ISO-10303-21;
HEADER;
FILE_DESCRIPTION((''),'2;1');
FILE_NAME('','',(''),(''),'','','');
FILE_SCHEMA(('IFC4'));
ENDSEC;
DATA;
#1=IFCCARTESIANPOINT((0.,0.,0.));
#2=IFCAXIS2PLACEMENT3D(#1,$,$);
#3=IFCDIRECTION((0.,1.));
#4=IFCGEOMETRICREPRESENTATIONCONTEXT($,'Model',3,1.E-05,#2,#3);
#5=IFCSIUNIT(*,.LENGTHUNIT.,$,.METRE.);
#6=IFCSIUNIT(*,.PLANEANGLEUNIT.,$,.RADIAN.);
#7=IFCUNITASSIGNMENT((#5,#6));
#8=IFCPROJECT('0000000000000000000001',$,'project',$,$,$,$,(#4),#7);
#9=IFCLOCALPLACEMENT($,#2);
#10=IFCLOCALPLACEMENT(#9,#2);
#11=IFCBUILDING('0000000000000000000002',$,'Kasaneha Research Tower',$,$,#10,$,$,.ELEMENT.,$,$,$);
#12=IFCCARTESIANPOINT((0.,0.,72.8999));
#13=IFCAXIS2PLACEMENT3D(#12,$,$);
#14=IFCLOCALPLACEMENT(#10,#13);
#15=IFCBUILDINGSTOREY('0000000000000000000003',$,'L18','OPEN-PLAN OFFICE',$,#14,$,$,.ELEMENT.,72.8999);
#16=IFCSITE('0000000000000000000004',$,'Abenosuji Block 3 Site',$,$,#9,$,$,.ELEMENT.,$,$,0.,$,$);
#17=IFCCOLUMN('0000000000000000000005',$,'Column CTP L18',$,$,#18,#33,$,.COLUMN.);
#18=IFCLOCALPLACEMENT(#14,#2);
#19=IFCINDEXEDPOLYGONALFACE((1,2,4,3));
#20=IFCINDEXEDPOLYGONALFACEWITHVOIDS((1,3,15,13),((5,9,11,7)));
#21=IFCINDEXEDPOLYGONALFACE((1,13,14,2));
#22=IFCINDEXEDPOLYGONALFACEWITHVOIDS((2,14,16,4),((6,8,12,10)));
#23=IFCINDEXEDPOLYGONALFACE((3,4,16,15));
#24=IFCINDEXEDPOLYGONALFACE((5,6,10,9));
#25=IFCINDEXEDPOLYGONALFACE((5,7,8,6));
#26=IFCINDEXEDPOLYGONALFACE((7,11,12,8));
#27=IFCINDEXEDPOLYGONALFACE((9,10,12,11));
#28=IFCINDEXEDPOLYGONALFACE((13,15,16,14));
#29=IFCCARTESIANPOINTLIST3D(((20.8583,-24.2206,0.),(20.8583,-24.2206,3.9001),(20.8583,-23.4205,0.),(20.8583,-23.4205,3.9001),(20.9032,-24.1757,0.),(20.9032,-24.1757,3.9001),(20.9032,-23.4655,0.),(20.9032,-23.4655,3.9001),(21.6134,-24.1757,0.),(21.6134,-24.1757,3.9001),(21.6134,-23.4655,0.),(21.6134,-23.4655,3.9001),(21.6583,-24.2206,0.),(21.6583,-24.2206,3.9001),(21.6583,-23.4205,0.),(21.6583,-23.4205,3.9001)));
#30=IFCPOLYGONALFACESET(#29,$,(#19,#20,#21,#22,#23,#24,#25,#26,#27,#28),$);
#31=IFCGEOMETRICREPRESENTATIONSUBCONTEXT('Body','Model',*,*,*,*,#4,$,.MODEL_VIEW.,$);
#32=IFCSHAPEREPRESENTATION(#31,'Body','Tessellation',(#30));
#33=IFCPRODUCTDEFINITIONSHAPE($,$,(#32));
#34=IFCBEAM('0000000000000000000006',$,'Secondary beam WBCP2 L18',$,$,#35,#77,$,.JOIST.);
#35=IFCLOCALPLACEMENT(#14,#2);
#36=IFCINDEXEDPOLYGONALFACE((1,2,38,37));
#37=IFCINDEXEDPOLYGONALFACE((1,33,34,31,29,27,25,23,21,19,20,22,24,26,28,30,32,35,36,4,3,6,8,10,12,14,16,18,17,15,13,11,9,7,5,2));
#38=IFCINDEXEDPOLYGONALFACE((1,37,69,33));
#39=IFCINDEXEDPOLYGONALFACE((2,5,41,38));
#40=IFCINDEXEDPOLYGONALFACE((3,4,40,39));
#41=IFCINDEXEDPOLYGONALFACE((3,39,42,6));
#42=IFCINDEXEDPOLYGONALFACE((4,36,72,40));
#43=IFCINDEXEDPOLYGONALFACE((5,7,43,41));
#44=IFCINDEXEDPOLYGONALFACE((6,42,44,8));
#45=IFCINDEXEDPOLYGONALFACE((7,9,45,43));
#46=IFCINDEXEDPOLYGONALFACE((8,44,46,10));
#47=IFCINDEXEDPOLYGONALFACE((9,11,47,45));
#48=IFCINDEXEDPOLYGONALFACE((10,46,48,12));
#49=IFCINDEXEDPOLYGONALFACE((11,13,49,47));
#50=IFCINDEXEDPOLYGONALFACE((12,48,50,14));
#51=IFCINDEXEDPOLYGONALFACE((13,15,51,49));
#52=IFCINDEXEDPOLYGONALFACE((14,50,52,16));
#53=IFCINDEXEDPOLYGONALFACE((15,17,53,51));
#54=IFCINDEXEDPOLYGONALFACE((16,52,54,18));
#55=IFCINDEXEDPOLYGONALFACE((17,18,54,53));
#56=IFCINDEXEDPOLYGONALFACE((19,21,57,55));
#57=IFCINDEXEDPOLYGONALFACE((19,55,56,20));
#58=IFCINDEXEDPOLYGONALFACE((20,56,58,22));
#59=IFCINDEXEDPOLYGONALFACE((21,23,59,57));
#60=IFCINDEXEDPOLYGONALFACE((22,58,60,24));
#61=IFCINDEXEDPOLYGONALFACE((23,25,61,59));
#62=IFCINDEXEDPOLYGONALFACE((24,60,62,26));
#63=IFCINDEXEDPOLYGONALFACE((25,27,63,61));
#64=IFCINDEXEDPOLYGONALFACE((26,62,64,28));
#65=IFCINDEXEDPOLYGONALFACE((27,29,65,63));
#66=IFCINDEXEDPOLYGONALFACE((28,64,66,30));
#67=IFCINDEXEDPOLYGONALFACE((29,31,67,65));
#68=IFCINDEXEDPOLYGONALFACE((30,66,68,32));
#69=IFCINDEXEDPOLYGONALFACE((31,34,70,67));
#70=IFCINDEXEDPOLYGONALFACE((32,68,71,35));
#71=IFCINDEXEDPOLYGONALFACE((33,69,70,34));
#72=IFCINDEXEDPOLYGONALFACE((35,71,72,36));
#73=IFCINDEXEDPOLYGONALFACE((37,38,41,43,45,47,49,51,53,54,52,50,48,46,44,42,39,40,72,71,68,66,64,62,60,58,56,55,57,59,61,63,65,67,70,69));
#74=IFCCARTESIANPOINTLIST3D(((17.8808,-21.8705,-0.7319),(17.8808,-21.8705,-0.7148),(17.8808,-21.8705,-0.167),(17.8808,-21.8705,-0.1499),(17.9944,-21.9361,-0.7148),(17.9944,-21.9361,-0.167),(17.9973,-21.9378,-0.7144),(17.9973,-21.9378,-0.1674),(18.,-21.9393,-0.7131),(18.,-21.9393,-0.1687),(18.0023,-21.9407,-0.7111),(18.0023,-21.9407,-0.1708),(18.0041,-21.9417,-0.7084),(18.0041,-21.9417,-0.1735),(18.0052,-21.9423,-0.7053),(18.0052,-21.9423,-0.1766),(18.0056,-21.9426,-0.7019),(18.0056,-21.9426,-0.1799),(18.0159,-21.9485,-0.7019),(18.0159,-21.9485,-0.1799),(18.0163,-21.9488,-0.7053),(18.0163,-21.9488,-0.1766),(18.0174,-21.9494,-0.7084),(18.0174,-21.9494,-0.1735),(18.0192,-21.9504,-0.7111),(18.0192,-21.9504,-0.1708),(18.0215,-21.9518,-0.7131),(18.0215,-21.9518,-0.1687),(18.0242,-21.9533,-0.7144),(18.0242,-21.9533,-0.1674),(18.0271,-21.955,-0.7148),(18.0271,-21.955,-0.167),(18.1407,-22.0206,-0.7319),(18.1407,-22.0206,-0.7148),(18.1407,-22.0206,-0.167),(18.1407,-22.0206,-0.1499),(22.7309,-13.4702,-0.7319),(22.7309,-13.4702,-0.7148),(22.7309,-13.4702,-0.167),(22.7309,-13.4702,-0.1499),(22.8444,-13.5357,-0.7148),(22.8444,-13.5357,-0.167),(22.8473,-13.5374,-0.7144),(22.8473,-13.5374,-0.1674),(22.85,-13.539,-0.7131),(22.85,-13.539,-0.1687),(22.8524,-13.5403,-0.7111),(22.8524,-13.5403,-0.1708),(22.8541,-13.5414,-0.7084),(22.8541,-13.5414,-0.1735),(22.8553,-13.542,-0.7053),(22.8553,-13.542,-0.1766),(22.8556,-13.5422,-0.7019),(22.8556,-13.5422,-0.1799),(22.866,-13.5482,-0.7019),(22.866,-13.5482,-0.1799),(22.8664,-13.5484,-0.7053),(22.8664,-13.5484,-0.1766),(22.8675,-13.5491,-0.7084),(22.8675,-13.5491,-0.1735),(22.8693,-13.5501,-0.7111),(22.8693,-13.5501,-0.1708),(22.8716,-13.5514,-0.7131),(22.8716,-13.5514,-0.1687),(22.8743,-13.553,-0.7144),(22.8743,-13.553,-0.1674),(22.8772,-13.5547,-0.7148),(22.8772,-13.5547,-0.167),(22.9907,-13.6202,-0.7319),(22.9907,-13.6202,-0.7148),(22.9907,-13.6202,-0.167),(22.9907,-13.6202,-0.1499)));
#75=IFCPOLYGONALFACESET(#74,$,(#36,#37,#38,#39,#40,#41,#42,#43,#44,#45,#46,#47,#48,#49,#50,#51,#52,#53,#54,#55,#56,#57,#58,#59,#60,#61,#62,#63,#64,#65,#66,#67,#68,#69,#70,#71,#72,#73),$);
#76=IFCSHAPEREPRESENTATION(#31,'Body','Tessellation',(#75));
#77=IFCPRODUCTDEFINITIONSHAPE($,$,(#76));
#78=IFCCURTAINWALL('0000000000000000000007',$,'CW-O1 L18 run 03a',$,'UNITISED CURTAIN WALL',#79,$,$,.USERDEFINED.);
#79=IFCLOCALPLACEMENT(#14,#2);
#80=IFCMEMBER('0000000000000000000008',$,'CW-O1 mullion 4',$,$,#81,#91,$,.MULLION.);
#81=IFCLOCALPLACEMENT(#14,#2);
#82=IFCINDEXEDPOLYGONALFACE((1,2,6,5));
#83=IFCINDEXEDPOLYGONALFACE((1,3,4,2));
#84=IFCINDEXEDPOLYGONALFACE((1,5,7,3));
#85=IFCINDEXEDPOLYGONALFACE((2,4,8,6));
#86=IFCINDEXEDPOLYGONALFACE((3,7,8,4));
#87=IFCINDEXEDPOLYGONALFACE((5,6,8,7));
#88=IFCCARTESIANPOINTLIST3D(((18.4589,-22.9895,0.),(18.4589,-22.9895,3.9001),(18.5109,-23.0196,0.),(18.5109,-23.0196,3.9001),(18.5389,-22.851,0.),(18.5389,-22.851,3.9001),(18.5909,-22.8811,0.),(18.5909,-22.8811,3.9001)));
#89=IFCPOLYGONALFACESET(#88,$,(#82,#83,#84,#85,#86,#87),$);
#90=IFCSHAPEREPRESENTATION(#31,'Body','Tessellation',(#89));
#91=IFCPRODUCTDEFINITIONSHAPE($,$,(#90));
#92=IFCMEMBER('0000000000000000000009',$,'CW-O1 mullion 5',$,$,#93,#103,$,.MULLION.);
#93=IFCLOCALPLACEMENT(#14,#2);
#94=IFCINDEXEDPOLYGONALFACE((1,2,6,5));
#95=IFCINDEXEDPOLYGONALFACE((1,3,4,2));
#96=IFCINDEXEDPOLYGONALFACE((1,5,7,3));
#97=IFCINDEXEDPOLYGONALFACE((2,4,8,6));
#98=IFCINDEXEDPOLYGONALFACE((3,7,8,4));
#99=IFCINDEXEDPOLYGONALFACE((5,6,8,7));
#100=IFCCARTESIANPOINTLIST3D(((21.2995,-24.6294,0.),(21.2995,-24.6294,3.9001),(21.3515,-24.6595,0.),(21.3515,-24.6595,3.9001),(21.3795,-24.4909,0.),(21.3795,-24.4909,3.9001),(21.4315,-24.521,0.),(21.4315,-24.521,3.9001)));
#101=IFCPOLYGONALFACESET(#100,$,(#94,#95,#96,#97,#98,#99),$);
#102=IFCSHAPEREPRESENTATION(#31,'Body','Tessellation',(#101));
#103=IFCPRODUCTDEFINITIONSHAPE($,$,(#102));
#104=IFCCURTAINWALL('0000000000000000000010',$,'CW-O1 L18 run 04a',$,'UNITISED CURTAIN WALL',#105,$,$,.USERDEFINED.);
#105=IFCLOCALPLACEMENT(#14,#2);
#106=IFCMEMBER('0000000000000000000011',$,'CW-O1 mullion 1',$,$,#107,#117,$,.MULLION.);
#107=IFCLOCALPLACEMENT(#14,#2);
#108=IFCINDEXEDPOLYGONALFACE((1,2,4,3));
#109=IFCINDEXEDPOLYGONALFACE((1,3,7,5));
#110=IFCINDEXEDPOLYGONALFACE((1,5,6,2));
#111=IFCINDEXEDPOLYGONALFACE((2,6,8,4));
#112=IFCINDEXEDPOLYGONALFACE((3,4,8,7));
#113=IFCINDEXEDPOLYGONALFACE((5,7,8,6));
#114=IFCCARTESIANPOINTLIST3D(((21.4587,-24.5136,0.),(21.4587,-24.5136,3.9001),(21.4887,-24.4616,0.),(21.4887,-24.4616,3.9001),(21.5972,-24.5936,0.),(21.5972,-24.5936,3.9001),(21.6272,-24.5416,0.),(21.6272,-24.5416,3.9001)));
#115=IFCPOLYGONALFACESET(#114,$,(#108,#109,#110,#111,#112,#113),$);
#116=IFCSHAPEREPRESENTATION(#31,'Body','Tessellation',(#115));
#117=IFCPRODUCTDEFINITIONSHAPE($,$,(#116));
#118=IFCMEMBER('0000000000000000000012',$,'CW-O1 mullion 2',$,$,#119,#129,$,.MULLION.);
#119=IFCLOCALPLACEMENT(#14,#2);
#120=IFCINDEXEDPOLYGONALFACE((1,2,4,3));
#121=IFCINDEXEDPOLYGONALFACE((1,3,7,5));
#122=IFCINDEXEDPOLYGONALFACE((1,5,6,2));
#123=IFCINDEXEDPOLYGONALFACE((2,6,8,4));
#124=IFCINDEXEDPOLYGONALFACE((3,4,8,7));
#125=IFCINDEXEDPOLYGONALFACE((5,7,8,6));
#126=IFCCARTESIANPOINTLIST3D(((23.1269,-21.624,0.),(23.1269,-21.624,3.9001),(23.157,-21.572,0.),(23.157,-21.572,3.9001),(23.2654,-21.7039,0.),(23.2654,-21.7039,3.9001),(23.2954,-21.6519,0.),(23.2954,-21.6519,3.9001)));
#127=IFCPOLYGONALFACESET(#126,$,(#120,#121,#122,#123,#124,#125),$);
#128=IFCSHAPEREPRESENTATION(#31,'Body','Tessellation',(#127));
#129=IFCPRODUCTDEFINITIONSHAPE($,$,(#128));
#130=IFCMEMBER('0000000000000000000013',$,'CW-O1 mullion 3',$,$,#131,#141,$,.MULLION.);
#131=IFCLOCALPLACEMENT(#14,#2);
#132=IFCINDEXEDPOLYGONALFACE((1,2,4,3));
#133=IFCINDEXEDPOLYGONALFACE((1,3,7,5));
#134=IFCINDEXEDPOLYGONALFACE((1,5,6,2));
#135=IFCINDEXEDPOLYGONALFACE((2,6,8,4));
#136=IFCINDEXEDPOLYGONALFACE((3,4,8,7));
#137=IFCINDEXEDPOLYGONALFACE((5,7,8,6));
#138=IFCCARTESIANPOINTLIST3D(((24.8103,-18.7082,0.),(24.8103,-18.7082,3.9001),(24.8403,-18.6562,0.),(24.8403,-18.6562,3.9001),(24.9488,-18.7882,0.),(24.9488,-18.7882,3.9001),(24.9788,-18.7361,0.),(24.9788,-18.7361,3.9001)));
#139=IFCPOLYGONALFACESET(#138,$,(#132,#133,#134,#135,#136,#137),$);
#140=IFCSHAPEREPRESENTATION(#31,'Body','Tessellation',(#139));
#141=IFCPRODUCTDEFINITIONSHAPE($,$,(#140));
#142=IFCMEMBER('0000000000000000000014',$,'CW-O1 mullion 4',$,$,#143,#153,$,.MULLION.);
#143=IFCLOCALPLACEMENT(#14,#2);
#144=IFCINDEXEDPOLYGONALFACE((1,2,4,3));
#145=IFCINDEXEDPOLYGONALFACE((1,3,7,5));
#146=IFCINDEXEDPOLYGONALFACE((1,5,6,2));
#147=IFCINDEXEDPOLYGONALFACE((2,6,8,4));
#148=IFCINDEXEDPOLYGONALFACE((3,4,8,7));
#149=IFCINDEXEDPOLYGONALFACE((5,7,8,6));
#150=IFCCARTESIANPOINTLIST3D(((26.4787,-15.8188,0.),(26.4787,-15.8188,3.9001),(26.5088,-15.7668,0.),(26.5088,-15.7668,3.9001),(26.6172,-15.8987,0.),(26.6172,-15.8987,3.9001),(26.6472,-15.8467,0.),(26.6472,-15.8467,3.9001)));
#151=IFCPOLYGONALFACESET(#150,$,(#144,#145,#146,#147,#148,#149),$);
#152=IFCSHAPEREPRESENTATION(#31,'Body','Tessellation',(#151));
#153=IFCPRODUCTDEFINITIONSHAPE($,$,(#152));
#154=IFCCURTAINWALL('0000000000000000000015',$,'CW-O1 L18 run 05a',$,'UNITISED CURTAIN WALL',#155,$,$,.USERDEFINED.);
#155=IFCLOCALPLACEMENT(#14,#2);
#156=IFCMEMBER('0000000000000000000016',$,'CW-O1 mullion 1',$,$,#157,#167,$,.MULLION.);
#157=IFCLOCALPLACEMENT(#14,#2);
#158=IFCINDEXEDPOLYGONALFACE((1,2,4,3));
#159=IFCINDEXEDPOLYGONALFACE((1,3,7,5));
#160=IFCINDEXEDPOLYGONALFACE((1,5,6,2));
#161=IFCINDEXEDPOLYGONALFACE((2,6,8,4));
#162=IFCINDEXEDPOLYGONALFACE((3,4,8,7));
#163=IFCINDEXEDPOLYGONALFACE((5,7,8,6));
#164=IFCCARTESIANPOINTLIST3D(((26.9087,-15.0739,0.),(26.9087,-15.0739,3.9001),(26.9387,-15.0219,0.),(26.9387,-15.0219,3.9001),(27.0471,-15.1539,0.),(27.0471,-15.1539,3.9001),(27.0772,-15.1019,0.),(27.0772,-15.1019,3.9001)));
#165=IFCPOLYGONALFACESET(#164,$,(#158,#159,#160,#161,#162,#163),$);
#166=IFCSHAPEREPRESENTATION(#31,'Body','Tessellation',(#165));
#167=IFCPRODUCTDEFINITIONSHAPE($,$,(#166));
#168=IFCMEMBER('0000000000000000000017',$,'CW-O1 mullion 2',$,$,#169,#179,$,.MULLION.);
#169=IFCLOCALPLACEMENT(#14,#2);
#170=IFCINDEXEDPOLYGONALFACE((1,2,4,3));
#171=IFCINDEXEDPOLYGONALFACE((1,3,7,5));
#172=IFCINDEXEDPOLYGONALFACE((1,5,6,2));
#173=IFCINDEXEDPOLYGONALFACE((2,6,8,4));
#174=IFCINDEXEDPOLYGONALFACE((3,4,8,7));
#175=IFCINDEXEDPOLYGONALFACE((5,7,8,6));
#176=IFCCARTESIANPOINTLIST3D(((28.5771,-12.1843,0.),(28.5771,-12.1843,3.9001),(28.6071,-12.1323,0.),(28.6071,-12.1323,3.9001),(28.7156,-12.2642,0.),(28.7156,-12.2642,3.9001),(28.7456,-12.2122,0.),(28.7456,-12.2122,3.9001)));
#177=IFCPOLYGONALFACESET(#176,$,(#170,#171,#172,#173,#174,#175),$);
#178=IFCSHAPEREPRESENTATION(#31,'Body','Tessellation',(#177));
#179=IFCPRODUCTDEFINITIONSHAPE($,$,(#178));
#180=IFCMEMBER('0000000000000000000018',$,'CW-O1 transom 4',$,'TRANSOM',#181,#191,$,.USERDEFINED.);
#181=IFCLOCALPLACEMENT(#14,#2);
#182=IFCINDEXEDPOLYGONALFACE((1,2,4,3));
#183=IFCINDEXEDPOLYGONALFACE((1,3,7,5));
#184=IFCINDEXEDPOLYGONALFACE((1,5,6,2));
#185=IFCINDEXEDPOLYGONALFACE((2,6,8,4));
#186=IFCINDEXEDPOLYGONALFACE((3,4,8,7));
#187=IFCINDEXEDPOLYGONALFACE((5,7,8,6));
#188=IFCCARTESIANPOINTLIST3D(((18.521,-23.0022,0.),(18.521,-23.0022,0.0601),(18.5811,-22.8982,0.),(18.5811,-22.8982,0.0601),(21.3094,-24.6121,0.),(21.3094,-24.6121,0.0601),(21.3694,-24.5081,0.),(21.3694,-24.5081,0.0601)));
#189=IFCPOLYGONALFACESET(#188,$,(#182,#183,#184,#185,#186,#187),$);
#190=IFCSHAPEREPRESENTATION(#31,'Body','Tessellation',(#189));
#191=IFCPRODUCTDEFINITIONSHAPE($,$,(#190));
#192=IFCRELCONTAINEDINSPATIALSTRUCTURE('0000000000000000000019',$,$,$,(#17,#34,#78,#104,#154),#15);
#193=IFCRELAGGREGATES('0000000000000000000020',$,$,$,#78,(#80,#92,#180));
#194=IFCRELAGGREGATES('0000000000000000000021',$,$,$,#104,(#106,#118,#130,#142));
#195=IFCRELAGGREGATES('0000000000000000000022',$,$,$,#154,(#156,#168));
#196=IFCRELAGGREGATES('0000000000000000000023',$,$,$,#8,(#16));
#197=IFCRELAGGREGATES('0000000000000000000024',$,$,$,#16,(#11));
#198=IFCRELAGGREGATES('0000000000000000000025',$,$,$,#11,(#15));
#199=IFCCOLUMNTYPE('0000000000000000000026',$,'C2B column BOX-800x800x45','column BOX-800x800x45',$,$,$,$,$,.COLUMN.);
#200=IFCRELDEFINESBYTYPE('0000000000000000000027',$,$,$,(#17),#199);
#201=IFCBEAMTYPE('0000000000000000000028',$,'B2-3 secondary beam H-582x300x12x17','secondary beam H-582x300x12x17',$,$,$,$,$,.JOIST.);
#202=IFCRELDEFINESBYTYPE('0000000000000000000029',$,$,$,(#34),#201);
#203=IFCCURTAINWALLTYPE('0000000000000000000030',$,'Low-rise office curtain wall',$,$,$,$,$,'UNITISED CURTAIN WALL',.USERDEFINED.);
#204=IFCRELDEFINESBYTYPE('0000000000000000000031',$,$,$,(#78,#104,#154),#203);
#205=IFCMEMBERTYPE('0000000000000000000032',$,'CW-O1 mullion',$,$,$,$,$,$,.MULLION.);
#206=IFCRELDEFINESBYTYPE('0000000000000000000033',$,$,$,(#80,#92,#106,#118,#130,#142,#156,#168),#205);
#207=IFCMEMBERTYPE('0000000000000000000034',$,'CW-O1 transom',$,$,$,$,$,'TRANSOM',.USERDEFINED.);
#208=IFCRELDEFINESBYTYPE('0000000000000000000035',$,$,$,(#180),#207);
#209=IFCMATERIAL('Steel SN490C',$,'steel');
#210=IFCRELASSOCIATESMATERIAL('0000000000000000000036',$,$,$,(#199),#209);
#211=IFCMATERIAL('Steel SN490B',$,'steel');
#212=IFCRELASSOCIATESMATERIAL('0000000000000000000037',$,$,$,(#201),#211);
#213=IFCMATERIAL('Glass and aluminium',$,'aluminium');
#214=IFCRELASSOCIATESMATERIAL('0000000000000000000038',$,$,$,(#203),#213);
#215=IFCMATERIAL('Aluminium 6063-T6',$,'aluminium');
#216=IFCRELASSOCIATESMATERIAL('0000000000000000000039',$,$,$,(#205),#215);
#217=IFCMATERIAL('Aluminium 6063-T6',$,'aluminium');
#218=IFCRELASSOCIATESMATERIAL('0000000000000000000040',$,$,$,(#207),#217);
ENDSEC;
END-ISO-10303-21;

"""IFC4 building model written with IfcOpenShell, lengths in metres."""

from ifc_helpers import new_model, si_unit, direction, frame, origin, origin_2d, place, context, subcontext, project, spatial, rectangle, hollow_rectangle, i_section, extrude, material, material_profile, profile_set, type_object, element, aggregate, save


model = new_model("IFC4")

# Units and contexts
model_context = context("Model", 3, precision=1e-05, world=origin(), true_north=direction((0.0, 1.0)))
body_context = subcontext(model_context, "Body", "Model", "MODEL_VIEW")
ifc_project = project(units=[si_unit("LENGTHUNIT", "METRE"), si_unit("PLANEANGLEUNIT", "RADIAN")], contexts=[model_context])

# Site, building, storey
site_placement = place(None, origin())
site = spatial("IfcSite", under=ifc_project, at=site_placement, Name="Abenosuji Block 3 Site", CompositionType="ELEMENT", RefElevation=0.0)
building_placement = place(site_placement, origin())
building = spatial("IfcBuilding", under=site, at=building_placement, Name="Kasaneha Research Tower", CompositionType="ELEMENT")
storey_placement = place(building_placement, frame((0.0, 0.0, 72.8999)))
storey = spatial("IfcBuildingStorey", under=building, at=storey_placement, Name="L18", Description="OPEN-PLAN OFFICE", CompositionType="ELEMENT", Elevation=72.8999)

# Column
ifc_material_1 = material(Name="Steel SN490C", Category="steel")
ifc_material_profile_1 = material_profile(ifc_material_1, hollow_rectangle(XDim=0.8, YDim=0.8, WallThickness=0.0449, at=origin_2d()), Name="BOX-800x800x45")
ifc_profile_set_1 = profile_set([ifc_material_profile_1], Name="Steel SN490C")
column_type = type_object("IfcColumnType", Name="C2B column BOX-800x800x45", Description="column BOX-800x800x45", PredefinedType="COLUMN", material=ifc_profile_set_1)
column_placement = place(storey_placement, frame((21.2583, -23.8206, 0.0), z_axis=(0.0, 0.0, 1.0), x_axis=(1.0, 0.0, 0.0)))
element("IfcColumn", 1, at=column_placement, inside=storey, type_object=column_type, Name="Column CTP L18", PredefinedType="COLUMN", context=body_context, shape_type="SweptSolid", body=[
    extrude(hollow_rectangle(XDim=0.8, YDim=0.8, WallThickness=0.0449, at=origin_2d()), origin(), (0.0, 0.0, 1.0), 3.9001),
])

# Beam
ifc_material_2 = material(Name="Steel SN490B", Category="steel")
ifc_material_profile_2 = material_profile(ifc_material_2, i_section(OverallWidth=0.3, OverallDepth=0.582, WebThickness=0.012, FlangeThickness=0.0171, FilletRadius=0.0129, at=origin_2d()), Name="H-582x300x12x17")
ifc_profile_set_2 = profile_set([ifc_material_profile_2], Name="Steel SN490B")
beam_type_1 = type_object("IfcBeamType", Name="B2-3 secondary beam H-582x300x12x17", Description="secondary beam H-582x300x12x17", PredefinedType="JOIST", material=ifc_profile_set_2)
beam_1_placement = place(storey_placement, frame((18.0107, -21.9456, -0.4409), z_axis=(0.50001, 0.86602, 0.0), x_axis=(-0.86602, 0.50001, 0.0)))
element("IfcBeam", 2, at=beam_1_placement, inside=storey, type_object=beam_type_1, Name="Secondary beam WBCP2 L18", PredefinedType="JOIST", context=body_context, shape_type="SweptSolid", body=[
    extrude(i_section(OverallWidth=0.3, OverallDepth=0.582, WebThickness=0.012, FlangeThickness=0.0171, FilletRadius=0.0129, at=origin_2d()), origin(), (0.0, 0.0, 1.0), 9.7),
])

# Curtain walls, members
ifc_material_3 = material(Name="Glass and aluminium", Category="aluminium")
curtain_wall_type = type_object("IfcCurtainWallType", Name="Low-rise office curtain wall", ElementType="UNITISED CURTAIN WALL", PredefinedType="USERDEFINED", material=ifc_material_3)
curtain_wall_1_placement = place(storey_placement, origin())
curtain_wall_1 = element("IfcCurtainWall", 3, at=curtain_wall_1_placement, inside=storey, type_object=curtain_wall_type, Name="CW-O1 L18 run 03a", ObjectType="UNITISED CURTAIN WALL", PredefinedType="USERDEFINED")
ifc_material_4 = material(Name="Aluminium 6063-T6", Category="aluminium")
ifc_material_profile_3 = material_profile(ifc_material_4, rectangle(XDim=0.0601, YDim=0.1599, at=origin_2d()), Name="CW-O1 mullion 60x160")
ifc_profile_set_3 = profile_set([ifc_material_profile_3], Name="Aluminium 6063-T6")
member_type_1 = type_object("IfcMemberType", Name="CW-O1 mullion", PredefinedType="MULLION", material=ifc_profile_set_3)
member_1_placement = place(storey_placement, frame((18.5249, -22.9353, 0.0), z_axis=(0.0, 0.0, 1.0), x_axis=(0.866025, -0.5, 0.0)))
member_1 = element("IfcMember", 4, at=member_1_placement, type_object=member_type_1, Name="CW-O1 mullion 4", PredefinedType="MULLION", context=body_context, shape_type="SweptSolid", body=[
    extrude(rectangle(XDim=0.0601, YDim=0.1599, at=origin_2d()), origin(), (0.0, 0.0, 1.0), 3.9001),
])
member_2_placement = place(storey_placement, frame((21.3655, -24.5752, 0.0), z_axis=(0.0, 0.0, 1.0), x_axis=(0.866025, -0.5, 0.0)))
member_2 = element("IfcMember", 5, at=member_2_placement, type_object=member_type_1, Name="CW-O1 mullion 5", PredefinedType="MULLION", context=body_context, shape_type="SweptSolid", body=[
    extrude(rectangle(XDim=0.0601, YDim=0.1599, at=origin_2d()), origin(), (0.0, 0.0, 1.0), 3.9001),
])
curtain_wall_2_placement = place(storey_placement, origin())
curtain_wall_2 = element("IfcCurtainWall", 6, at=curtain_wall_2_placement, inside=storey, type_object=curtain_wall_type, Name="CW-O1 L18 run 04a", ObjectType="UNITISED CURTAIN WALL", PredefinedType="USERDEFINED")
member_3_placement = place(storey_placement, frame((21.543, -24.5276, 0.0), z_axis=(0.0, 0.0, 1.0), x_axis=(0.5, 0.866025, 0.0)))
member_3 = element("IfcMember", 7, at=member_3_placement, type_object=member_type_1, Name="CW-O1 mullion 1", PredefinedType="MULLION", context=body_context, shape_type="SweptSolid", body=[
    extrude(rectangle(XDim=0.0601, YDim=0.1599, at=origin_2d()), origin(), (0.0, 0.0, 1.0), 3.9001),
])
member_4_placement = place(storey_placement, frame((23.2112, -21.6379, 0.0), z_axis=(0.0, 0.0, 1.0), x_axis=(0.5, 0.866025, 0.0)))
member_4 = element("IfcMember", 8, at=member_4_placement, type_object=member_type_1, Name="CW-O1 mullion 2", PredefinedType="MULLION", context=body_context, shape_type="SweptSolid", body=[
    extrude(rectangle(XDim=0.0601, YDim=0.1599, at=origin_2d()), origin(), (0.0, 0.0, 1.0), 3.9001),
])
member_5_placement = place(storey_placement, frame((24.8945, -18.7222, 0.0), z_axis=(0.0, 0.0, 1.0), x_axis=(0.5, 0.866025, 0.0)))
member_5 = element("IfcMember", 9, at=member_5_placement, type_object=member_type_1, Name="CW-O1 mullion 3", PredefinedType="MULLION", context=body_context, shape_type="SweptSolid", body=[
    extrude(rectangle(XDim=0.0601, YDim=0.1599, at=origin_2d()), origin(), (0.0, 0.0, 1.0), 3.9001),
])
member_6_placement = place(storey_placement, frame((26.563, -15.8328, 0.0), z_axis=(0.0, 0.0, 1.0), x_axis=(0.5, 0.866025, 0.0)))
member_6 = element("IfcMember", 10, at=member_6_placement, type_object=member_type_1, Name="CW-O1 mullion 4", PredefinedType="MULLION", context=body_context, shape_type="SweptSolid", body=[
    extrude(rectangle(XDim=0.0601, YDim=0.1599, at=origin_2d()), origin(), (0.0, 0.0, 1.0), 3.9001),
])
curtain_wall_3_placement = place(storey_placement, origin())
curtain_wall_3 = element("IfcCurtainWall", 11, at=curtain_wall_3_placement, inside=storey, type_object=curtain_wall_type, Name="CW-O1 L18 run 05a", ObjectType="UNITISED CURTAIN WALL", PredefinedType="USERDEFINED")
member_7_placement = place(storey_placement, frame((26.9929, -15.0879, 0.0), z_axis=(0.0, 0.0, 1.0), x_axis=(0.5, 0.866025, 0.0)))
member_7 = element("IfcMember", 12, at=member_7_placement, type_object=member_type_1, Name="CW-O1 mullion 1", PredefinedType="MULLION", context=body_context, shape_type="SweptSolid", body=[
    extrude(rectangle(XDim=0.0601, YDim=0.1599, at=origin_2d()), origin(), (0.0, 0.0, 1.0), 3.9001),
])
member_8_placement = place(storey_placement, frame((28.6614, -12.1982, 0.0), z_axis=(0.0, 0.0, 1.0), x_axis=(0.5, 0.866025, 0.0)))
member_8 = element("IfcMember", 13, at=member_8_placement, type_object=member_type_1, Name="CW-O1 mullion 2", PredefinedType="MULLION", context=body_context, shape_type="SweptSolid", body=[
    extrude(rectangle(XDim=0.0601, YDim=0.1599, at=origin_2d()), origin(), (0.0, 0.0, 1.0), 3.9001),
])

# Member
ifc_material_5 = material(Name="Aluminium 6063-T6", Category="aluminium")
ifc_material_profile_4 = material_profile(ifc_material_5, rectangle(XDim=0.1201, YDim=0.0601, at=origin_2d()), Name="CW-O1 transom 120x60")
ifc_profile_set_4 = profile_set([ifc_material_profile_4], Name="Aluminium 6063-T6")
member_type_2 = type_object("IfcMemberType", Name="CW-O1 transom", ElementType="TRANSOM", PredefinedType="USERDEFINED", material=ifc_profile_set_4)
member_9_placement = place(storey_placement, frame((18.551, -22.9502, 0.03), z_axis=(0.866023, -0.500005, 0.0), x_axis=(0.500005, 0.866023, 0.0)))
member_9 = element("IfcMember", 14, at=member_9_placement, type_object=member_type_2, Name="CW-O1 transom 4", ObjectType="TRANSOM", PredefinedType="USERDEFINED", context=body_context, shape_type="SweptSolid", body=[
    extrude(rectangle(XDim=0.1201, YDim=0.0601, at=origin_2d()), origin(), (0.0, 0.0, 1.0), 3.2197),
])

aggregate(curtain_wall_1, [member_1, member_2, member_9])
aggregate(curtain_wall_2, [member_3, member_4, member_5, member_6])
aggregate(curtain_wall_3, [member_7, member_8])

save(model, "model.ifc")
